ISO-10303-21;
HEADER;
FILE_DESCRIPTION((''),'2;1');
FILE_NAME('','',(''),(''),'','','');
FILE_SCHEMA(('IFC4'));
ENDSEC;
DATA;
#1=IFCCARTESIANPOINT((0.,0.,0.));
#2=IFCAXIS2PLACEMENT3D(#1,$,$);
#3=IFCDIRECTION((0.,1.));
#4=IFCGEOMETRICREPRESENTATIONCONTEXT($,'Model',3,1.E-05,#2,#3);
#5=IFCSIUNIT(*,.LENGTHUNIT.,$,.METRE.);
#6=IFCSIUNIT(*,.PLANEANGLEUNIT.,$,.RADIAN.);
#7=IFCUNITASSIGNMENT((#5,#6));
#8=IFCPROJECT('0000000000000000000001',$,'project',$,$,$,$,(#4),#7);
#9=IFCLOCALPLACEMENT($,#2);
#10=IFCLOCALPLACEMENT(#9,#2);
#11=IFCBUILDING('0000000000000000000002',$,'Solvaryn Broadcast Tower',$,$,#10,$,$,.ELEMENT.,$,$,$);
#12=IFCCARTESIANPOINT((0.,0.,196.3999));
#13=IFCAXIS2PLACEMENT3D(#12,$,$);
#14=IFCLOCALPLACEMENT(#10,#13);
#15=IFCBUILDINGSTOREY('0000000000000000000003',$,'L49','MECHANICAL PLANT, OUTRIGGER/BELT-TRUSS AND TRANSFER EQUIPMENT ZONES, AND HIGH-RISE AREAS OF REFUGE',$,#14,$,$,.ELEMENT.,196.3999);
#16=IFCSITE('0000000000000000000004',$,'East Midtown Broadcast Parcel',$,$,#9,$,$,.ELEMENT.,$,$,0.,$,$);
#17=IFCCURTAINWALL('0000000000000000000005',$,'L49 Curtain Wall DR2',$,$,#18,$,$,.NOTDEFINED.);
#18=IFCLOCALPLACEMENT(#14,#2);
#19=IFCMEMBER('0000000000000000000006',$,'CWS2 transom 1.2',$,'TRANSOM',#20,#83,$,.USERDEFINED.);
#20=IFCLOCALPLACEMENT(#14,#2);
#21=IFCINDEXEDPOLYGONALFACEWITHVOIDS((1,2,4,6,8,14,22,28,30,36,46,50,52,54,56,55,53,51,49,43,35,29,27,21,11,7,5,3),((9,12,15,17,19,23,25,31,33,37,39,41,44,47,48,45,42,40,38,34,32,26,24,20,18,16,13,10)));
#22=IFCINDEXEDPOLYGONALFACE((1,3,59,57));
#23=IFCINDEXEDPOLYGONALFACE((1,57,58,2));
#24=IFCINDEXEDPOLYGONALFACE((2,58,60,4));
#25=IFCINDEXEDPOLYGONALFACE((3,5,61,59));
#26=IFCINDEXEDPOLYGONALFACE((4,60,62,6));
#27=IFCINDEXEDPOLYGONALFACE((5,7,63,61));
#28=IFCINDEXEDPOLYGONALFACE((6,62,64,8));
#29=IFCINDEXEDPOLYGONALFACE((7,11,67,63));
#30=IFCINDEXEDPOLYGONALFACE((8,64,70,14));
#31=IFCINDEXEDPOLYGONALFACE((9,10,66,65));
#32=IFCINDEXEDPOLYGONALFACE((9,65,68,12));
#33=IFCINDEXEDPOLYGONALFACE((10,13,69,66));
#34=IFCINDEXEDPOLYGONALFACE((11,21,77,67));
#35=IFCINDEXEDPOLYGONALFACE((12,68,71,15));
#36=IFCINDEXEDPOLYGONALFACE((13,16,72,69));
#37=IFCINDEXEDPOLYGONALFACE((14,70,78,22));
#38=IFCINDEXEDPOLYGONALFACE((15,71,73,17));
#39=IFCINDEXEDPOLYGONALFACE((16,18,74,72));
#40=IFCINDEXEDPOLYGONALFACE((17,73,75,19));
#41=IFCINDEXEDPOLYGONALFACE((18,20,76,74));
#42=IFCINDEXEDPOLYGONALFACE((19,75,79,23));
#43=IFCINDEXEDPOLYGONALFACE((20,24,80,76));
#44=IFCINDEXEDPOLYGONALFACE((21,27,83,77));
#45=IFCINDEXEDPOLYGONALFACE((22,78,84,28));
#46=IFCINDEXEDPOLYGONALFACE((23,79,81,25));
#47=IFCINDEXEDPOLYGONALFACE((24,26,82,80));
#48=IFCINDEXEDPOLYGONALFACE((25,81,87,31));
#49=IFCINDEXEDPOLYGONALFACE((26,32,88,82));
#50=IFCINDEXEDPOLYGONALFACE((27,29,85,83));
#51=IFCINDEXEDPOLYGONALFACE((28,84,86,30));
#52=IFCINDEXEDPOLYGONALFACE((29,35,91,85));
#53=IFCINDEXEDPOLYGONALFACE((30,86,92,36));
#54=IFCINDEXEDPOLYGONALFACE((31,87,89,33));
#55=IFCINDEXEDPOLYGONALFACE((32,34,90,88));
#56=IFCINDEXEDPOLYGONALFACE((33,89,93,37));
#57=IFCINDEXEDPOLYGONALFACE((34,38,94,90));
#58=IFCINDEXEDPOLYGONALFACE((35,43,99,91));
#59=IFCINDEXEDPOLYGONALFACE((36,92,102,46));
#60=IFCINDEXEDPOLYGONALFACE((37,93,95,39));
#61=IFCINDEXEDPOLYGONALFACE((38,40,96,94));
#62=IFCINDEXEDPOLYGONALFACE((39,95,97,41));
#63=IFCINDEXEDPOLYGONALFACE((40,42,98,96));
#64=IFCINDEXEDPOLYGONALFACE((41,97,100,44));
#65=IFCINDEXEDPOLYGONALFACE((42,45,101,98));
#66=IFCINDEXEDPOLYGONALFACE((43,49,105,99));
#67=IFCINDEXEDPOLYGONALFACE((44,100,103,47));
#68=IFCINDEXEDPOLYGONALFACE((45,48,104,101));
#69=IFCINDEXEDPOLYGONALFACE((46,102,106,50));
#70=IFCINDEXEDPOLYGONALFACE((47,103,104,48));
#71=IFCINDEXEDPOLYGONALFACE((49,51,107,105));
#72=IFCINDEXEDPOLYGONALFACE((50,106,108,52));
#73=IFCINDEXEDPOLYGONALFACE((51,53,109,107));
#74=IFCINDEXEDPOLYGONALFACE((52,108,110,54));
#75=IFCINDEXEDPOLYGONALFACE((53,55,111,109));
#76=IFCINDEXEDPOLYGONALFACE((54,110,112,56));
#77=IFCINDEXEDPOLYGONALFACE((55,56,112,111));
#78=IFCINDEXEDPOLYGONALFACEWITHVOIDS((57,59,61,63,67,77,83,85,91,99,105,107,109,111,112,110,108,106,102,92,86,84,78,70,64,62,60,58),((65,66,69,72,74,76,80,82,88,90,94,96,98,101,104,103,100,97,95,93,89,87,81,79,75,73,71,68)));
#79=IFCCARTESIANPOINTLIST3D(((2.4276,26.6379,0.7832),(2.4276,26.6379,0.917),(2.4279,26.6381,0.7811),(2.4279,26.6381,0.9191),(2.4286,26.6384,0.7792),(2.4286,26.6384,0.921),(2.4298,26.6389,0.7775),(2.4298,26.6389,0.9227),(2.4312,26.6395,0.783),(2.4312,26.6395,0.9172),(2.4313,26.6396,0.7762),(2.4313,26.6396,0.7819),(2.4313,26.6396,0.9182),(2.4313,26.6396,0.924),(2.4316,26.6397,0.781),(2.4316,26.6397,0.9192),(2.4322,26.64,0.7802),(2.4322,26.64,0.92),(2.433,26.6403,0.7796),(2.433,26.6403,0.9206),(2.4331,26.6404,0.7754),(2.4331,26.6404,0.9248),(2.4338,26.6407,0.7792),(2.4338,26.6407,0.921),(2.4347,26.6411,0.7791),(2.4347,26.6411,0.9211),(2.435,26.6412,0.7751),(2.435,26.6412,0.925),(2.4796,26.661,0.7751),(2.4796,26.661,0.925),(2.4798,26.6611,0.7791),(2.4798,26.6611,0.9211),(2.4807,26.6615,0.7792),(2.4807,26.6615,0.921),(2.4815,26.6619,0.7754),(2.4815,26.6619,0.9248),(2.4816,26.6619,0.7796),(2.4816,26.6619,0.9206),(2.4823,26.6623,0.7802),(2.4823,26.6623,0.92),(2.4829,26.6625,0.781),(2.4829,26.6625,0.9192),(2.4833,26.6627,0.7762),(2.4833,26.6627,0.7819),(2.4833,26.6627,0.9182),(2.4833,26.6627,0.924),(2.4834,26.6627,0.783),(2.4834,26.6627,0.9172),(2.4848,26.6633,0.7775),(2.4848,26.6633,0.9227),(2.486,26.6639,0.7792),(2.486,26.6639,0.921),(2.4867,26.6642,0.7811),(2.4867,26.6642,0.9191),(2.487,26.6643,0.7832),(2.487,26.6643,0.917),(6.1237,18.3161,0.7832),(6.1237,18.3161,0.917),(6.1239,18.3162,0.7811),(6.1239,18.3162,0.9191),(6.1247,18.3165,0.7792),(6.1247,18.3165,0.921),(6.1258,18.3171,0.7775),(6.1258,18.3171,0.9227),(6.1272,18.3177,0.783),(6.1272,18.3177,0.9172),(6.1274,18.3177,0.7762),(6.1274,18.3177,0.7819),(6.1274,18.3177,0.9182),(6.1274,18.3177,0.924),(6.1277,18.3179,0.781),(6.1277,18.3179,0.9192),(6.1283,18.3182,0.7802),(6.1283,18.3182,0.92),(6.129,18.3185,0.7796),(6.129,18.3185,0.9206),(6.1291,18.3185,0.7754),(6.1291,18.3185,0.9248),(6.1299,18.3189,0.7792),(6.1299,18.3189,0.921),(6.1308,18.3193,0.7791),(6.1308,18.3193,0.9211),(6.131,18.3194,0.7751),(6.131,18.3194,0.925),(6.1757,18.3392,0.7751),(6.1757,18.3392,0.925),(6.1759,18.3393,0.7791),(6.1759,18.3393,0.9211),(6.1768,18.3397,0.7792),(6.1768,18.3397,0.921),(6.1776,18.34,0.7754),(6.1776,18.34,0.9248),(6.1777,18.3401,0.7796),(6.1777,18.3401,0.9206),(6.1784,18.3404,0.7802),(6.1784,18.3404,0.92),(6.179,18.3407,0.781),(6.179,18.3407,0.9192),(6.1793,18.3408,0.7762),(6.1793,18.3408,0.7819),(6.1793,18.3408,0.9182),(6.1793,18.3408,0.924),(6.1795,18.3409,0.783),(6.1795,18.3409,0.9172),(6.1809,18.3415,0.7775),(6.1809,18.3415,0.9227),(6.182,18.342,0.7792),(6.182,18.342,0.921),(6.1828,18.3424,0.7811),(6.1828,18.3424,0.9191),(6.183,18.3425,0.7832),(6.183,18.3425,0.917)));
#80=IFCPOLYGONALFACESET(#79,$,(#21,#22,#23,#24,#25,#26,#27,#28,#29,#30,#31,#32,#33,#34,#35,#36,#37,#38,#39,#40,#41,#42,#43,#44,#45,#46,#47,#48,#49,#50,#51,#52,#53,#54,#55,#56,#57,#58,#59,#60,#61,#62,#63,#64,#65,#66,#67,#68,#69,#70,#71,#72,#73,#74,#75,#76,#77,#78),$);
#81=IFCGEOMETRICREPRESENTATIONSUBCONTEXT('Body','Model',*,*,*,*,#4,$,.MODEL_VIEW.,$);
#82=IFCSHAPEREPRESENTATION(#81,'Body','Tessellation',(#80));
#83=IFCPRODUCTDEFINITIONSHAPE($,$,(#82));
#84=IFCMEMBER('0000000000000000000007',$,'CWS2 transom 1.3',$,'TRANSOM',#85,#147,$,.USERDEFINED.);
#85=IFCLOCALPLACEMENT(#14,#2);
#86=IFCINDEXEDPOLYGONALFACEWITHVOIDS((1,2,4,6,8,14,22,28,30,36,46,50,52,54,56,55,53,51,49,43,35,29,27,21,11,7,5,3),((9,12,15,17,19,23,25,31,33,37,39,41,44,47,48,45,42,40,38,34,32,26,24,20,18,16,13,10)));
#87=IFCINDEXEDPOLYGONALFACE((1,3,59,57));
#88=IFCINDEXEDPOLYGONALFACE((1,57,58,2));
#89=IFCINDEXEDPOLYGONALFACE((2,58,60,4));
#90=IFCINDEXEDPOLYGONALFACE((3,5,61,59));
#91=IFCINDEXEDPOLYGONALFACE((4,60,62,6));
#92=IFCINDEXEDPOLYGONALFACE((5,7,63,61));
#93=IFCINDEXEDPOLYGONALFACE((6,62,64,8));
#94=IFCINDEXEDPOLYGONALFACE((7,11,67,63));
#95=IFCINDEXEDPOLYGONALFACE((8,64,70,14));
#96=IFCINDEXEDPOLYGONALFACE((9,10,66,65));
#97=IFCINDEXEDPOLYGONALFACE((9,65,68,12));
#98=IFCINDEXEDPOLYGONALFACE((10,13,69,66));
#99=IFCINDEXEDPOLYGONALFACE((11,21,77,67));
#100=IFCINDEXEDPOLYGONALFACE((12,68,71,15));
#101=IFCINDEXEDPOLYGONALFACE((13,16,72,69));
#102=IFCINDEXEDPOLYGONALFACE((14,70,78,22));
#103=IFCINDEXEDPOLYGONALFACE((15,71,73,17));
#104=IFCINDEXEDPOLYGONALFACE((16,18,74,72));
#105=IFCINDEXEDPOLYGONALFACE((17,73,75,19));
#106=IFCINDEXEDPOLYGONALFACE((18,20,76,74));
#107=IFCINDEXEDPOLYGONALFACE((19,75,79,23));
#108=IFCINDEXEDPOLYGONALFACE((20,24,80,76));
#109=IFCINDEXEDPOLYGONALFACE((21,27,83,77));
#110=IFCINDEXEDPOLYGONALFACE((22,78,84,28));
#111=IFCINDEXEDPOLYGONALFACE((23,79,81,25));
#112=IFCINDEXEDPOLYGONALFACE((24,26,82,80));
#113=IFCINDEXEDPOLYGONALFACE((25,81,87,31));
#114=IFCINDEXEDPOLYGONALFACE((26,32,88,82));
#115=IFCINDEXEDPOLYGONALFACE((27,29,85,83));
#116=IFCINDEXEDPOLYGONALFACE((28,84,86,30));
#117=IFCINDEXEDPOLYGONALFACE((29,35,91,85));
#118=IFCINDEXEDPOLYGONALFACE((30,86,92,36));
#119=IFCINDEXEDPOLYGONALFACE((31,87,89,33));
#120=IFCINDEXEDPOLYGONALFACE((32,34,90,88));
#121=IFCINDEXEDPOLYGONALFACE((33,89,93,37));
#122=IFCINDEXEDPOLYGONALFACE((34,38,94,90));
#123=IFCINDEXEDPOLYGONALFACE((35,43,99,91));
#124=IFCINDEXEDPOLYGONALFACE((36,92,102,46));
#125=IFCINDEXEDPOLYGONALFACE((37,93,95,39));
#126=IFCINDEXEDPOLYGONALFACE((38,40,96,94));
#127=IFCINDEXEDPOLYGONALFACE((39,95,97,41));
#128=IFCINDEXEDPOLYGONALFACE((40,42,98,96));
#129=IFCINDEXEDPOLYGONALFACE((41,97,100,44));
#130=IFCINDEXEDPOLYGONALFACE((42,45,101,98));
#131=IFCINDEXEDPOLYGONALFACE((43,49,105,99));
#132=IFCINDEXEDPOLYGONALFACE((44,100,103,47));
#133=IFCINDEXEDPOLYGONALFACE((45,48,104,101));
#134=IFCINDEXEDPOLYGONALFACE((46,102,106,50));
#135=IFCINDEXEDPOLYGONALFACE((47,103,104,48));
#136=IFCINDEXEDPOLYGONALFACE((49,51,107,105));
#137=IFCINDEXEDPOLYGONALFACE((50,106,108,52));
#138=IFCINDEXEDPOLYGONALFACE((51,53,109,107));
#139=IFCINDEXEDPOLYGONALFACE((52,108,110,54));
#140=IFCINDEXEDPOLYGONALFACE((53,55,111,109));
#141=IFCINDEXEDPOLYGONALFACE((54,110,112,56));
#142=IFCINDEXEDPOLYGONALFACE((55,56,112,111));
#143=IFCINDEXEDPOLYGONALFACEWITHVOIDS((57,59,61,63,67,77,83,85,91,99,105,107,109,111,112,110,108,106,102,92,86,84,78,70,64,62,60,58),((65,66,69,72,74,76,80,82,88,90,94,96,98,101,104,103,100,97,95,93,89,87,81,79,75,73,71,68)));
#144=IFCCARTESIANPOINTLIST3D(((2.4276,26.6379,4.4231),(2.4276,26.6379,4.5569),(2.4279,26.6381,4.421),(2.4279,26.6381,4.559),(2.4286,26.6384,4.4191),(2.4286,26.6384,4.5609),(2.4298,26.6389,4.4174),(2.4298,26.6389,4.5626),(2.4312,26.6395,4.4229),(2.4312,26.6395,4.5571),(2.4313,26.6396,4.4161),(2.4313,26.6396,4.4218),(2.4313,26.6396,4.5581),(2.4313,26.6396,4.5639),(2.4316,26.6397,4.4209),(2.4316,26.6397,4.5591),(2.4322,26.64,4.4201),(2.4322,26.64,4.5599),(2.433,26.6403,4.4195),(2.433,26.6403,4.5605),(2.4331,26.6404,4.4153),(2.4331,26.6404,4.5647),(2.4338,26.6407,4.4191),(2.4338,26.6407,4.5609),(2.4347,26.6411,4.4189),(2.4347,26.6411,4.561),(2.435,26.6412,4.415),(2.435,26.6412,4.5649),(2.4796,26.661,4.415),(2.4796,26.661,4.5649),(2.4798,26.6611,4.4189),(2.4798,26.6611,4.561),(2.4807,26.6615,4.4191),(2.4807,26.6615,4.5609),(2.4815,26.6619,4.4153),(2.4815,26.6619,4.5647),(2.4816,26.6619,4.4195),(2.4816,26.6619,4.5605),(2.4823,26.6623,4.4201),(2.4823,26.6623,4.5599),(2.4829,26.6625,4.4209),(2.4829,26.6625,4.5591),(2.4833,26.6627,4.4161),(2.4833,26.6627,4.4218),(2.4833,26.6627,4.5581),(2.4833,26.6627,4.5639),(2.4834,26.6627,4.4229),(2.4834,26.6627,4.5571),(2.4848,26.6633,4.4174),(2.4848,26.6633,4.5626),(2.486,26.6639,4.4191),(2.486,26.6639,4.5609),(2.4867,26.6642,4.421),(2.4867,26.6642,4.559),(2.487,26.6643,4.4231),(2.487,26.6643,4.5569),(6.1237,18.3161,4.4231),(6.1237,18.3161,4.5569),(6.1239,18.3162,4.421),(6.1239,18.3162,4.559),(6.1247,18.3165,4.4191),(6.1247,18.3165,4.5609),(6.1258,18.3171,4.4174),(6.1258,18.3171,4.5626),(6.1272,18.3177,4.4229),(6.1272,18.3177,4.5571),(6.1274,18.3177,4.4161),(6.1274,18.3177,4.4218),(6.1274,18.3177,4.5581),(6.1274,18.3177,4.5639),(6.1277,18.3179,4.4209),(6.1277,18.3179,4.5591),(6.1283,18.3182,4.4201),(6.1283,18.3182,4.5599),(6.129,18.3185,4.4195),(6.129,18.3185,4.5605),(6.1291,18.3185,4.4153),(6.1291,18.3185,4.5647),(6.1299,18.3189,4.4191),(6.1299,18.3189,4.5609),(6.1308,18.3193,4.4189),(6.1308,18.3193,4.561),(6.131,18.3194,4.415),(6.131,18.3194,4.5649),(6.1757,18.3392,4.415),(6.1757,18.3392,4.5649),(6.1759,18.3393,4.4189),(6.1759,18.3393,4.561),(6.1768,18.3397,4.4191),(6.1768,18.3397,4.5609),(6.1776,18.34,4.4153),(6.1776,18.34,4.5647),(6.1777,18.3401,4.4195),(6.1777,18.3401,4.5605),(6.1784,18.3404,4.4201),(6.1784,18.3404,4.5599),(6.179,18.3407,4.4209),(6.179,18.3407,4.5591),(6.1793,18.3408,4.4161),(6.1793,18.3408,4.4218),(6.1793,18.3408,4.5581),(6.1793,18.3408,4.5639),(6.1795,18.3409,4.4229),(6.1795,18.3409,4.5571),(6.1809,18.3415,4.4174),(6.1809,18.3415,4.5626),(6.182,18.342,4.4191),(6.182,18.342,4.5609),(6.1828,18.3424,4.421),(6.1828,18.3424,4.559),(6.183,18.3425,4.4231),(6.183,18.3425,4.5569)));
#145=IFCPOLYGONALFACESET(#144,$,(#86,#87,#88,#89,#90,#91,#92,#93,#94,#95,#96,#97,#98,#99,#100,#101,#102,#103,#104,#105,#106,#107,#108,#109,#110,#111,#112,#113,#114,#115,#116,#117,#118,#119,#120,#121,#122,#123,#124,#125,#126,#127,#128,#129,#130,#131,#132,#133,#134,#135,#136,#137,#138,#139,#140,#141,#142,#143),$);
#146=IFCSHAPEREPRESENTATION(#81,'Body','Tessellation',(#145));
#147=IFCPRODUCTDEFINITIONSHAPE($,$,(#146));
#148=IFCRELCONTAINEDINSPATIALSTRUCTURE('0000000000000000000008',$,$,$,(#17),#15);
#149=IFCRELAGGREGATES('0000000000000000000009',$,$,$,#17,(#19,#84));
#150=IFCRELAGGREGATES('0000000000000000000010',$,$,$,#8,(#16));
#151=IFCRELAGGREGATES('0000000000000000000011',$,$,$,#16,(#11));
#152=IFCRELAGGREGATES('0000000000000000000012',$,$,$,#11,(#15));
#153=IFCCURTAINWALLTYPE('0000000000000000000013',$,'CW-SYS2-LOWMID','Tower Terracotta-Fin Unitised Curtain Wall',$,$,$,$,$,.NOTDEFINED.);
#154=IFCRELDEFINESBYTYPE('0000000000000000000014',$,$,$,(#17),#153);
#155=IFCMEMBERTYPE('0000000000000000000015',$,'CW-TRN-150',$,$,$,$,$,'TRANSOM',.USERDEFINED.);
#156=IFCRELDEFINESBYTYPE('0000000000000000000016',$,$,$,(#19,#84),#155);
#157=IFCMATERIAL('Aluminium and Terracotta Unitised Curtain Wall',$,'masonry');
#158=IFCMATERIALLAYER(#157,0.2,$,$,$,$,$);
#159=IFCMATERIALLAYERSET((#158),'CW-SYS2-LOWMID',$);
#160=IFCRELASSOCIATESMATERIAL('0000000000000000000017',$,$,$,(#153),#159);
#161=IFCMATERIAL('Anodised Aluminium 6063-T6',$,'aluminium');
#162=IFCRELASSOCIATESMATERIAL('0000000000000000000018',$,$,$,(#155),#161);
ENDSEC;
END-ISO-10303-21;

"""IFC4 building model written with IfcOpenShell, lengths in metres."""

from ifc_helpers import new_model, si_unit, direction, frame, origin, origin_2d, place, context, subcontext, project, spatial, hollow_rectangle, extrude, material, layer, layer_set, material_profile, profile_set, type_object, element, aggregate, save


model = new_model("IFC4")

# Units and contexts
model_context = context("Model", 3, precision=1e-05, world=origin(), true_north=direction((0.0, 1.0)))
body_context = subcontext(model_context, "Body", "Model", "MODEL_VIEW")
ifc_project = project(units=[si_unit("LENGTHUNIT", "METRE"), si_unit("PLANEANGLEUNIT", "RADIAN")], contexts=[model_context])

# Site, building, storey
site_placement = place(None, origin())
site = spatial("IfcSite", under=ifc_project, at=site_placement, Name="East Midtown Broadcast Parcel", CompositionType="ELEMENT", RefElevation=0.0)
building_placement = place(site_placement, origin())
building = spatial("IfcBuilding", under=site, at=building_placement, Name="Solvaryn Broadcast Tower", CompositionType="ELEMENT")
storey_placement = place(building_placement, frame((0.0, 0.0, 196.3999)))
storey = spatial("IfcBuildingStorey", under=building, at=storey_placement, Name="L49", Description="MECHANICAL PLANT, OUTRIGGER/BELT-TRUSS AND TRANSFER EQUIPMENT ZONES, AND HIGH-RISE AREAS OF REFUGE", CompositionType="ELEMENT", Elevation=196.3999)

# Shared definitions
ifc_material_1 = material(Name="Aluminium and Terracotta Unitised Curtain Wall", Category="masonry")
ifc_layer_1 = layer(ifc_material_1, 0.2)
ifc_layer_set_1 = layer_set([ifc_layer_1], Name="CW-SYS2-LOWMID")
curtain_wall_type = type_object("IfcCurtainWallType", Name="CW-SYS2-LOWMID", Description="Tower Terracotta-Fin Unitised Curtain Wall", PredefinedType="NOTDEFINED", material=ifc_layer_set_1)

# Curtain wall, members
curtain_wall_1_placement = place(storey_placement, origin())
curtain_wall_1 = element("IfcCurtainWall", 1, at=curtain_wall_1_placement, inside=storey, type_object=curtain_wall_type, Name="L49 Curtain Wall DR2", PredefinedType="NOTDEFINED")
ifc_material_2 = material(Name="Anodised Aluminium 6063-T6", Category="aluminium")
ifc_material_profile_1 = material_profile(ifc_material_2, hollow_rectangle(XDim=0.0649, YDim=0.1499, WallThickness=0.0039, InnerFilletRadius=0.0039, OuterFilletRadius=0.0081, at=origin_2d()))
ifc_profile_set_1 = profile_set([ifc_material_profile_1], Name="Anodised Aluminium 6063-T6")
member_type_1 = type_object("IfcMemberType", Name="CW-TRN-150", ElementType="TRANSOM", PredefinedType="USERDEFINED", material=ifc_profile_set_1)
member_1_placement = place(storey_placement, frame((2.4573, 26.6511, 0.8501), z_axis=(0.405907, -0.913914, 0.0), x_axis=(0.913914, 0.405907, 0.0)))
member_1 = element("IfcMember", 2, at=member_1_placement, type_object=member_type_1, Name="CWS2 transom 1.2", ObjectType="TRANSOM", PredefinedType="USERDEFINED", context=body_context, shape_type="SweptSolid", body=[
    extrude(hollow_rectangle(XDim=0.0649, YDim=0.1499, WallThickness=0.0039, InnerFilletRadius=0.0039, OuterFilletRadius=0.0081, at=origin_2d()), origin(), (0.0, 0.0, 1.0), 9.1057),
])
member_2_placement = place(storey_placement, frame((2.4573, 26.6511, 4.49), z_axis=(0.405907, -0.913914, 0.0), x_axis=(0.913914, 0.405907, 0.0)))
member_2 = element("IfcMember", 3, at=member_2_placement, type_object=member_type_1, Name="CWS2 transom 1.3", ObjectType="TRANSOM", PredefinedType="USERDEFINED", context=body_context, shape_type="SweptSolid", body=[
    extrude(hollow_rectangle(XDim=0.0649, YDim=0.1499, WallThickness=0.0039, InnerFilletRadius=0.0039, OuterFilletRadius=0.0081, at=origin_2d()), origin(), (0.0, 0.0, 1.0), 9.1057),
])

aggregate(curtain_wall_1, [member_1, member_2])

save(model, "model.ifc")
